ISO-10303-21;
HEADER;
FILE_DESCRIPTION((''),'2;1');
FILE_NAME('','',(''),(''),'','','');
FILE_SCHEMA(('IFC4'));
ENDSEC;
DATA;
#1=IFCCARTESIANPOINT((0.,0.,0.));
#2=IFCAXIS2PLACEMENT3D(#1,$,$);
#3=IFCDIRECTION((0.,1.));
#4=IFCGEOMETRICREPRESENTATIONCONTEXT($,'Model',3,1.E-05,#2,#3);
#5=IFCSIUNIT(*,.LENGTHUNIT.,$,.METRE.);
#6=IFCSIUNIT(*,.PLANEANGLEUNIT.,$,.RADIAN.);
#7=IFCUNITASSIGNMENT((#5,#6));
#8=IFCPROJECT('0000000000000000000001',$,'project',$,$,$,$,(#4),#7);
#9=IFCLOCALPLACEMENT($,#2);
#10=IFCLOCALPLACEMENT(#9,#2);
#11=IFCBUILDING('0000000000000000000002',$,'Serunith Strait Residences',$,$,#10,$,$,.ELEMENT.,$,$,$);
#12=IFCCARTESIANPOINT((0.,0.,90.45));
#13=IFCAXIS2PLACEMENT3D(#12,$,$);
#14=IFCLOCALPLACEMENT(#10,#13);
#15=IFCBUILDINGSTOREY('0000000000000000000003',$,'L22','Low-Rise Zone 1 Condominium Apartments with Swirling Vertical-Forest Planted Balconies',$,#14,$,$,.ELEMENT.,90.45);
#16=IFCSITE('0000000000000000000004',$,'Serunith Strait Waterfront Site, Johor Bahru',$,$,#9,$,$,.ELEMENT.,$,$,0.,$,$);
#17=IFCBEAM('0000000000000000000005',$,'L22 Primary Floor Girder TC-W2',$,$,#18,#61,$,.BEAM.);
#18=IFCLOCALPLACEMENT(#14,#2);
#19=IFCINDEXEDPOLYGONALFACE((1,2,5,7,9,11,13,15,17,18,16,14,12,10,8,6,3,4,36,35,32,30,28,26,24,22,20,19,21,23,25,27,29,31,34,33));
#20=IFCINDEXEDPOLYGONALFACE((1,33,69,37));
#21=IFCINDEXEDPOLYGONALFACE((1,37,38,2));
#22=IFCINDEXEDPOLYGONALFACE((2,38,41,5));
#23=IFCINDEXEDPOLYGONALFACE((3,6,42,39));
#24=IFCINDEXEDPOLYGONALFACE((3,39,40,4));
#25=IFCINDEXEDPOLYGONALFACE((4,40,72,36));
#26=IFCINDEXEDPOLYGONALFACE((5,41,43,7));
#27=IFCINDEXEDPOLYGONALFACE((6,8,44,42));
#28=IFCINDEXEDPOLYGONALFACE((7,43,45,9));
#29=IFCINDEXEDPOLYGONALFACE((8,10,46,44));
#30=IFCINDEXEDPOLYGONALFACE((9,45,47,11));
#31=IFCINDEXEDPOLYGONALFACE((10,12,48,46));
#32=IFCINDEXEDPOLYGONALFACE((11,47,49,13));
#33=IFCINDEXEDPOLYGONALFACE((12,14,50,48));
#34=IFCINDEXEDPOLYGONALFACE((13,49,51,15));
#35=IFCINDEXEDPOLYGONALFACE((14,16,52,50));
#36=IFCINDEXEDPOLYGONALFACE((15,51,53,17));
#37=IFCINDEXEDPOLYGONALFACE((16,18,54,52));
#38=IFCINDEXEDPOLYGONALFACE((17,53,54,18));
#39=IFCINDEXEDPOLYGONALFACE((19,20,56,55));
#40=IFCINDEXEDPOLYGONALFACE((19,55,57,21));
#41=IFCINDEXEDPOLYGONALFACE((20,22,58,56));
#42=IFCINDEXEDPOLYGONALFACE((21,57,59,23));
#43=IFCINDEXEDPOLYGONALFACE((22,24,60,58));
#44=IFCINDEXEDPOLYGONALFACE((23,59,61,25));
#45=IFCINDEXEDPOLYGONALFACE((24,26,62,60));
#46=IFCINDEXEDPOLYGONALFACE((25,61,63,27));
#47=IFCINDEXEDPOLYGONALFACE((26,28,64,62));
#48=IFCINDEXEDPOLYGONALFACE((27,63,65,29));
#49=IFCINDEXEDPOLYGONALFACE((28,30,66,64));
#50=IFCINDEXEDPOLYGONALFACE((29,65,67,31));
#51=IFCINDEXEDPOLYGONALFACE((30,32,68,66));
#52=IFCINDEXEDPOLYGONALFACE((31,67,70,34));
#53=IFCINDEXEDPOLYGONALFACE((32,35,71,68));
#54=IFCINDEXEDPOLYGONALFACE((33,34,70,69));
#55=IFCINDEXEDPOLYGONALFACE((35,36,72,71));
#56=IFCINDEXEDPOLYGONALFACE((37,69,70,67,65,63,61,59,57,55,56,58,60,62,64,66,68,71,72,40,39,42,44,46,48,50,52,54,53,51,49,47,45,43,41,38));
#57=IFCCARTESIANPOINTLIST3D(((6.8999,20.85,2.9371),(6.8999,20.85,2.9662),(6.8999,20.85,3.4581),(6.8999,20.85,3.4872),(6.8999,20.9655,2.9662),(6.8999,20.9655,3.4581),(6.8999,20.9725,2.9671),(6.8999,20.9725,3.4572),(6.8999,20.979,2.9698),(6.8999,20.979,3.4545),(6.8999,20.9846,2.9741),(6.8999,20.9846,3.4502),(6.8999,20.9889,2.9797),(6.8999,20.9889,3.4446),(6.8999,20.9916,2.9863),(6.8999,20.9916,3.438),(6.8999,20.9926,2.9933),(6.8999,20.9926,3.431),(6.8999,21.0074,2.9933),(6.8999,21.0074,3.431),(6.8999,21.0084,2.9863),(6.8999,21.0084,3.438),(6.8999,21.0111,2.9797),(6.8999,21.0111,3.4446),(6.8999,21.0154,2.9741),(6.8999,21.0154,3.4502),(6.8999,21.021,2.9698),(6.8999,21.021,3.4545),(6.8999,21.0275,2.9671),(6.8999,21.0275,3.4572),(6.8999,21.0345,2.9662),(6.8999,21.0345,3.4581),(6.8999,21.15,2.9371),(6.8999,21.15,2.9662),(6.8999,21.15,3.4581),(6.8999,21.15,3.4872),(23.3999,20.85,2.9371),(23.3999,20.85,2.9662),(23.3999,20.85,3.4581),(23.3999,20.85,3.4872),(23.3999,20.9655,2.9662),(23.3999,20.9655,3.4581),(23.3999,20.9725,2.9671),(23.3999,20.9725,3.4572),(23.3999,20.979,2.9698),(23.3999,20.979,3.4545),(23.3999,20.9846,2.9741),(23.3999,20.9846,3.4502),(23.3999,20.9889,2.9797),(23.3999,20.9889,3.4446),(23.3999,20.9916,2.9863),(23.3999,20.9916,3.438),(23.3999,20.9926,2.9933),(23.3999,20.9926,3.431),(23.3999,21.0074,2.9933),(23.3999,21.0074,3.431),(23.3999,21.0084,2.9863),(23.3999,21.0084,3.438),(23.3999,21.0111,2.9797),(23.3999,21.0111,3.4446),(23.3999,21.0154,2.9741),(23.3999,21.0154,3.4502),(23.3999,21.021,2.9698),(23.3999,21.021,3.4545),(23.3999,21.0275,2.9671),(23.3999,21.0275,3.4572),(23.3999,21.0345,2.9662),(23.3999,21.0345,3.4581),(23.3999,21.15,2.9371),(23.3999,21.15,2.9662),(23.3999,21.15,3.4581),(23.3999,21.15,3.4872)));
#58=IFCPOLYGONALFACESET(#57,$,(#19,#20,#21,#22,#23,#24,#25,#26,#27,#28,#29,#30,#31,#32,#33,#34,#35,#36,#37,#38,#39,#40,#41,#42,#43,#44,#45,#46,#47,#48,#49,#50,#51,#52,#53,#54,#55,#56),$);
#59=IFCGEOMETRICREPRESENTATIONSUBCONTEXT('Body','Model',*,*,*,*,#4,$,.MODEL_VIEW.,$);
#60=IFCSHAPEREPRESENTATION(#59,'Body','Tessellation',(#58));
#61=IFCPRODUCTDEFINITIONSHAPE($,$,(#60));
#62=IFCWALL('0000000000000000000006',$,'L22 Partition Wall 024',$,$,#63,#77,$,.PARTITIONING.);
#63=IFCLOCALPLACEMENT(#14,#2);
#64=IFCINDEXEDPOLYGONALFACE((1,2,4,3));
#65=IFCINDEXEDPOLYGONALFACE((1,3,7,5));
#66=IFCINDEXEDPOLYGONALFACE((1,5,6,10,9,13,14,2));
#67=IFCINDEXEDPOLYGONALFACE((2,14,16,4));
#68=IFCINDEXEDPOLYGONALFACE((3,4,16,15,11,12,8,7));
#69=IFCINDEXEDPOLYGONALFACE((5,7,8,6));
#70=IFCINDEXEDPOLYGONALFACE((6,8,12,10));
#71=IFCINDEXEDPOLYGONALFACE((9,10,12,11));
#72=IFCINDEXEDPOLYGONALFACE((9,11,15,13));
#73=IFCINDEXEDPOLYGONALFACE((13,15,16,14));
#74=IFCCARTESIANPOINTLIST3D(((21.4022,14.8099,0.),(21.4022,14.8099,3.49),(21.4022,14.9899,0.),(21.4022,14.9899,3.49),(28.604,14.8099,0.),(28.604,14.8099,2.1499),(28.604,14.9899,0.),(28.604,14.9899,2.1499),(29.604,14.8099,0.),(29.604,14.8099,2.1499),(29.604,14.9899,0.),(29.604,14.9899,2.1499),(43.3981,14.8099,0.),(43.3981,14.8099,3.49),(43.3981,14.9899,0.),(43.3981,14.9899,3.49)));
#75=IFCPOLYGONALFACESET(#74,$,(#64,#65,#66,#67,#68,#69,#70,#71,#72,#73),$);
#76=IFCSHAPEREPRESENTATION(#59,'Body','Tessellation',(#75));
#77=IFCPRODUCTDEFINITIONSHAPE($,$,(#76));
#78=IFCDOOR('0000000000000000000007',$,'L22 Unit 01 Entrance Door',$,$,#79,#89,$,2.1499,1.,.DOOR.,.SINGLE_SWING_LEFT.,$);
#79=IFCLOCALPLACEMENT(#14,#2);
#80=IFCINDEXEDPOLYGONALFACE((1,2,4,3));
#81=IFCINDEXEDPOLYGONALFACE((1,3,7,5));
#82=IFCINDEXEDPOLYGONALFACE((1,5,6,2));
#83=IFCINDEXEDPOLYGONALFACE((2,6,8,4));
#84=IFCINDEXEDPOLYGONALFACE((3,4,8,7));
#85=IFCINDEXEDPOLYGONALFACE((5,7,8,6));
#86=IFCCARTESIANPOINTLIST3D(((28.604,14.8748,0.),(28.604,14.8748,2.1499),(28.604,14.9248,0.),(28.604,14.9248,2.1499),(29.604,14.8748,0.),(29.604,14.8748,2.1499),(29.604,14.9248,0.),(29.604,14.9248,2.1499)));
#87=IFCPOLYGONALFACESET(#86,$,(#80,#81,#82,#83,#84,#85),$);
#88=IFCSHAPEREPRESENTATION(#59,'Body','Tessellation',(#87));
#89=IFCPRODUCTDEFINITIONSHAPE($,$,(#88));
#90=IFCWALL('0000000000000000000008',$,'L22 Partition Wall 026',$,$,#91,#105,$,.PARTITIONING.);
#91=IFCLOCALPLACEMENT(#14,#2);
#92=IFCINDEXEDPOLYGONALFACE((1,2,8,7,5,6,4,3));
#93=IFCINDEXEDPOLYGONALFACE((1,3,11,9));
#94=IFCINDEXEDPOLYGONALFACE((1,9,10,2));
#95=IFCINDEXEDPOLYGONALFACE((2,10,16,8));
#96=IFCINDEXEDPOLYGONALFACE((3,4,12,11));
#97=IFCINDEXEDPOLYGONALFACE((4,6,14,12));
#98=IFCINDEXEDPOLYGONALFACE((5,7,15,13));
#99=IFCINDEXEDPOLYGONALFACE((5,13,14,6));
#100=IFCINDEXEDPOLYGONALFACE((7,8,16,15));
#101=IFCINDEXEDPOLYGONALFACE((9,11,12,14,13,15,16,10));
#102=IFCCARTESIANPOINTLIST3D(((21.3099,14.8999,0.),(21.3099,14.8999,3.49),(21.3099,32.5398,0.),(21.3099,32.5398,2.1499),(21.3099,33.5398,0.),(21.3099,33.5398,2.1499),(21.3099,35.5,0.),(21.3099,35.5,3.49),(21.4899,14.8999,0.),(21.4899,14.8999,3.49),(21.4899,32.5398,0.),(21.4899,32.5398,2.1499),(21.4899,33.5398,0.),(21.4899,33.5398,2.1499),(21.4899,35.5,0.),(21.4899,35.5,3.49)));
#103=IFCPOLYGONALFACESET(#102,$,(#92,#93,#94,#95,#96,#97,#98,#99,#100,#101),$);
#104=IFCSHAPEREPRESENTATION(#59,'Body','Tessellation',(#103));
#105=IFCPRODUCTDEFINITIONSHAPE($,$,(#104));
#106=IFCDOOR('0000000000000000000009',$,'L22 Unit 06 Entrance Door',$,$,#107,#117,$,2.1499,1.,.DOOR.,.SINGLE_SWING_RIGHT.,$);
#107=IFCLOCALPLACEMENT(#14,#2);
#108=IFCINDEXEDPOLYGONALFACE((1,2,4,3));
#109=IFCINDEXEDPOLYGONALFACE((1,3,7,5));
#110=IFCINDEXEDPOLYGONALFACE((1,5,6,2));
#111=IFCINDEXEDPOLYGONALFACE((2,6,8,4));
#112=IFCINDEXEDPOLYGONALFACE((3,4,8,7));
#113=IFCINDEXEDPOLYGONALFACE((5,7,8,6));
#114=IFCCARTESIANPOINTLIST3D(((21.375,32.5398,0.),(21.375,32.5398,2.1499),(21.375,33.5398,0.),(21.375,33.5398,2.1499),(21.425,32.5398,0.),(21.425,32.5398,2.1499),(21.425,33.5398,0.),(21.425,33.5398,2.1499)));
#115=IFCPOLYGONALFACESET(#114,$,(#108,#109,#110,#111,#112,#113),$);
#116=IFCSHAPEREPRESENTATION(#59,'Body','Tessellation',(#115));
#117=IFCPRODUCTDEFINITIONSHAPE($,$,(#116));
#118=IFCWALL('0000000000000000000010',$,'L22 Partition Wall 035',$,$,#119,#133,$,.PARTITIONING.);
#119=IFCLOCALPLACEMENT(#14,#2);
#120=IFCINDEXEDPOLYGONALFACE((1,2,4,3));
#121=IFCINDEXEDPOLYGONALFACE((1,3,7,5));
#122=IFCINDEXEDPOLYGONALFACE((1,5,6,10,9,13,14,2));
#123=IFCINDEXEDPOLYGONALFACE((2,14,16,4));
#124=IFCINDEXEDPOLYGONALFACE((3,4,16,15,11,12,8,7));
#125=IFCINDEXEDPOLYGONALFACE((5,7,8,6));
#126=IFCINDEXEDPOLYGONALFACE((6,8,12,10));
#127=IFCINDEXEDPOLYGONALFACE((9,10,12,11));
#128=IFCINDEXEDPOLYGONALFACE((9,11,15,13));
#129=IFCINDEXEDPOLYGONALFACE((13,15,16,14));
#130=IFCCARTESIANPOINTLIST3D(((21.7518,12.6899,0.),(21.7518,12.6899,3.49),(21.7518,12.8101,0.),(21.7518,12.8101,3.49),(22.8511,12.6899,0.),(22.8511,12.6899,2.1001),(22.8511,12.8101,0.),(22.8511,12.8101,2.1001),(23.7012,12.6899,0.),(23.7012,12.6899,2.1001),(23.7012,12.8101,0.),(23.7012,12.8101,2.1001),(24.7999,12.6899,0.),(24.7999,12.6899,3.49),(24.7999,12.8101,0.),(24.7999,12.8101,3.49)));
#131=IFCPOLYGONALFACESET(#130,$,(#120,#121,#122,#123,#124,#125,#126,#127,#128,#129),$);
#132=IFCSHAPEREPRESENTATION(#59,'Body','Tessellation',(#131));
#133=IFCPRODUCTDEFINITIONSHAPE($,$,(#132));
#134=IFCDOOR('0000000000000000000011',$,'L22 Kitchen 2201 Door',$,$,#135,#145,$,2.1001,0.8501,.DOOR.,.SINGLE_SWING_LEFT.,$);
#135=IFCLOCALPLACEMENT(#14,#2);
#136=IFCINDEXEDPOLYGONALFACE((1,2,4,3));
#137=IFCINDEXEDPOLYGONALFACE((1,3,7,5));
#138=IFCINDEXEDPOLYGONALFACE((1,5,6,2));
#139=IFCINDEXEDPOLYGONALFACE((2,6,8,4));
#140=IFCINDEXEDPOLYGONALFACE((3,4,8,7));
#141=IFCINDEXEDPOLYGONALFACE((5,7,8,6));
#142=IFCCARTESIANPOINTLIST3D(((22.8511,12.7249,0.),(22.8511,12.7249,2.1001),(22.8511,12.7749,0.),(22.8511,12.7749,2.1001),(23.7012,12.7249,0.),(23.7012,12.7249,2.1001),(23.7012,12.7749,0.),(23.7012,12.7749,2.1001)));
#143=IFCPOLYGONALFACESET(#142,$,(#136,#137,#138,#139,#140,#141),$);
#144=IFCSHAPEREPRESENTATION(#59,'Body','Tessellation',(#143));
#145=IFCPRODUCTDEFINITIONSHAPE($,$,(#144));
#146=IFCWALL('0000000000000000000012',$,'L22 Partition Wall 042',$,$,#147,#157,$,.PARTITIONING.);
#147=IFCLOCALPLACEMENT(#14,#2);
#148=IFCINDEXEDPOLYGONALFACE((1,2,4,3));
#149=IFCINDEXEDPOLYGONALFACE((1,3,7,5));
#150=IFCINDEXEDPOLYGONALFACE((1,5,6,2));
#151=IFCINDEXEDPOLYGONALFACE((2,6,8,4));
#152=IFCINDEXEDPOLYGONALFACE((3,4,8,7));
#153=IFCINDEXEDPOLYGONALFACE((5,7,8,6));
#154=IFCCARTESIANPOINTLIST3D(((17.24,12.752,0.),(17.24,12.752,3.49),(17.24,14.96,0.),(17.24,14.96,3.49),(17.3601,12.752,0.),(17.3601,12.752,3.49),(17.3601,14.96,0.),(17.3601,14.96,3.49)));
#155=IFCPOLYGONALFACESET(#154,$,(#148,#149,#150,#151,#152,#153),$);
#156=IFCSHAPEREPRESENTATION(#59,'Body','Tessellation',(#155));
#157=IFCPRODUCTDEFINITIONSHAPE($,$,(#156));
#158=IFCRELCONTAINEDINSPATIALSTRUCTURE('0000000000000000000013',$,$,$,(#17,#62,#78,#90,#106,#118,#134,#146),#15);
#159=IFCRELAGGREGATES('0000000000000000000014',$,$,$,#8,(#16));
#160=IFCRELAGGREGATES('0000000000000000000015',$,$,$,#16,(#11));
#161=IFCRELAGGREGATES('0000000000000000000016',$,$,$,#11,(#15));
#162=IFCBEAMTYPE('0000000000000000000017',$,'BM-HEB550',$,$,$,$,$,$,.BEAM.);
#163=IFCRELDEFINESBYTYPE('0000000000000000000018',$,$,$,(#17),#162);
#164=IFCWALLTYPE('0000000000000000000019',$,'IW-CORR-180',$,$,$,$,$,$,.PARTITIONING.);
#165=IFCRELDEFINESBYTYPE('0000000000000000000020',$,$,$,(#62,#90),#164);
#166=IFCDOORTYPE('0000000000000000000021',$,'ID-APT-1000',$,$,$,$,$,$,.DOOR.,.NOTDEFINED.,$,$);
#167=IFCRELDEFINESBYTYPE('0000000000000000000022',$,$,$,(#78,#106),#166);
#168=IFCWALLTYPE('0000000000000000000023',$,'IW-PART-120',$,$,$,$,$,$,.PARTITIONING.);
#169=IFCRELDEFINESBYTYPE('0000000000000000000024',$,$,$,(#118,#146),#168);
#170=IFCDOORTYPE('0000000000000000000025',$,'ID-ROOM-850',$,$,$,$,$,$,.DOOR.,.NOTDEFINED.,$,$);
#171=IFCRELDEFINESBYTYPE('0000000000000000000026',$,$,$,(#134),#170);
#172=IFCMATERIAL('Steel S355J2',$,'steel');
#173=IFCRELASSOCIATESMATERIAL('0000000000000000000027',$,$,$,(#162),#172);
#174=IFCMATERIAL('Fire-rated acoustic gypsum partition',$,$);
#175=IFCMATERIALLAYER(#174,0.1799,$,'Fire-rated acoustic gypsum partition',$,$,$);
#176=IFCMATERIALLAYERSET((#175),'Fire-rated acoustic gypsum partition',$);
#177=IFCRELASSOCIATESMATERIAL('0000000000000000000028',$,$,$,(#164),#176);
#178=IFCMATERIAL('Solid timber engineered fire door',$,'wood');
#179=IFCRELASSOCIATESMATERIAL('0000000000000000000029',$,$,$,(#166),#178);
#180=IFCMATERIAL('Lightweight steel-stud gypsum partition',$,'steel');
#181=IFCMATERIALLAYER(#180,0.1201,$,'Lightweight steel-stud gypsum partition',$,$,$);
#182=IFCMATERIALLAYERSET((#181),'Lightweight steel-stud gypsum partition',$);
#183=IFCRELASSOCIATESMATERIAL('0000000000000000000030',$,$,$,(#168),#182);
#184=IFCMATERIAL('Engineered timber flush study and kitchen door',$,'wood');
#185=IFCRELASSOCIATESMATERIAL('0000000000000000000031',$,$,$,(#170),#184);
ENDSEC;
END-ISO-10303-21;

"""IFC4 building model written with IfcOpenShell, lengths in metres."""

from ifc_helpers import new_model, si_unit, direction, frame, frame_2d, origin, origin_2d, place, context, subcontext, project, spatial, rectangle, i_section, extrude, source, transform, mapped, material, layer, layer_set, material_profile, profile_set, type_object, element, fill, save


model = new_model("IFC4")

# Units and contexts
model_context = context("Model", 3, precision=1e-05, world=origin(), true_north=direction((0.0, 1.0)))
body_context = subcontext(model_context, "Body", "Model", "MODEL_VIEW")
ifc_project = project(units=[si_unit("LENGTHUNIT", "METRE"), si_unit("PLANEANGLEUNIT", "RADIAN")], contexts=[model_context])

# Site, building, storey
site_placement = place(None, origin())
site = spatial("IfcSite", under=ifc_project, at=site_placement, Name="Serunith Strait Waterfront Site, Johor Bahru", CompositionType="ELEMENT", RefElevation=0.0)
building_placement = place(site_placement, origin())
building = spatial("IfcBuilding", under=site, at=building_placement, Name="Serunith Strait Residences", CompositionType="ELEMENT")
storey_placement = place(building_placement, frame((0.0, 0.0, 90.45)))
storey = spatial("IfcBuildingStorey", under=building, at=storey_placement, Name="L22", Description="Low-Rise Zone 1 Condominium Apartments with Swirling Vertical-Forest Planted Balconies", CompositionType="ELEMENT", Elevation=90.45)

# Beam
ifc_material_1 = material(Name="Steel S355J2", Category="steel")
ifc_material_profile = material_profile(ifc_material_1, i_section(OverallWidth=0.3, OverallDepth=0.55, WebThickness=0.0149, FlangeThickness=0.0291, FilletRadius=0.0271, at=origin_2d()), Name="HEB 550")
ifc_profile_set = profile_set([ifc_material_profile], Name="Steel S355J2")
beam_type = type_object("IfcBeamType", Name="BM-HEB550", PredefinedType="BEAM", material=ifc_profile_set)
shared_shape_1 = source(origin(), body_context, "Body", "SweptSolid", [
    extrude(i_section(OverallWidth=0.3, OverallDepth=0.55, WebThickness=0.0149, FlangeThickness=0.0291, FilletRadius=0.0271, at=origin_2d()), origin(), (0.0, 0.0, 1.0), 16.5),
])
beam_placement = place(storey_placement, frame((23.3999, 21.0, 3.2122), z_axis=(-1.0, 0.0, 0.0), x_axis=(0.0, -1.0, 0.0)))
element("IfcBeam", 1, at=beam_placement, inside=storey, type_object=beam_type, Name="L22 Primary Floor Girder TC-W2", PredefinedType="BEAM", context=body_context, shape_type="MappedRepresentation", body=[
    mapped(shared_shape_1, transform((0.0, 0.0, 0.0), scale=1.0)),
])

# Walls, openings, doors
ifc_material_2 = material(Name="Fire-rated acoustic gypsum partition")
ifc_layer_1 = layer(ifc_material_2, 0.1799, Name="Fire-rated acoustic gypsum partition")
ifc_layer_set_1 = layer_set([ifc_layer_1], Name="Fire-rated acoustic gypsum partition")
wall_type_1 = type_object("IfcWallType", Name="IW-CORR-180", PredefinedType="PARTITIONING", material=ifc_layer_set_1)
wall_1_placement = place(storey_placement, frame((21.4021, 14.8999, 0.0), z_axis=(0.0, 0.0, 1.0), x_axis=(1.0, 0.0, 0.0)))
wall_1 = element("IfcWall", 2, at=wall_1_placement, inside=storey, type_object=wall_type_1, Name="L22 Partition Wall 024", PredefinedType="PARTITIONING", context=body_context, shape_type="SweptSolid", body=[
    extrude(rectangle(XDim=21.9958, YDim=0.1799, at=frame_2d((10.998, 0.0))), origin(), (0.0, 0.0, 1.0), 3.49),
])
opening_1_placement = place(wall_1_placement, frame((7.2019, 0.0, 0.0)))
opening_1 = element("IfcOpeningElement", 3, at=opening_1_placement, cuts=wall_1, PredefinedType="OPENING", context=body_context, shape_type="SweptSolid", body=[
    extrude(rectangle(XDim=1.0, YDim=2.1499, at=frame_2d((0.5, 1.075))), frame((0.0, 0.1001, 0.0), z_axis=(0.0, -1.0, 0.0), x_axis=(1.0, 0.0, 0.0)), (0.0, 0.0, 1.0), 0.2),
])
ifc_material_3 = material(Name="Solid timber engineered fire door", Category="wood")
door_type_1 = type_object("IfcDoorType", Name="ID-APT-1000", OperationType="NOTDEFINED", PredefinedType="DOOR", material=ifc_material_3)
shared_shape_2 = source(origin(), body_context, "Body", "SweptSolid", [
    extrude(rectangle(XDim=1.0, YDim=2.1499, at=frame_2d((0.5, 1.075))), frame((0.0, 0.0249, 0.0), z_axis=(0.0, -1.0, 0.0), x_axis=(1.0, 0.0, 0.0)), (0.0, 0.0, 1.0), 0.05),
])
door_1_placement = place(opening_1_placement, origin())
door_1 = element("IfcDoor", 4, at=door_1_placement, inside=storey, type_object=door_type_1, Name="L22 Unit 01 Entrance Door", OperationType="SINGLE_SWING_LEFT", OverallHeight=2.1499, OverallWidth=1.0, PredefinedType="DOOR", context=body_context, shape_type="MappedRepresentation", body=[
    mapped(shared_shape_2, transform((0.0, 0.0, 0.0), scale=1.0)),
])
fill(opening_1, door_1)
wall_2_placement = place(storey_placement, frame((21.3999, 14.8999, 0.0), z_axis=(0.0, 0.0, 1.0), x_axis=(0.0, 1.0, 0.0)))
wall_2 = element("IfcWall", 5, at=wall_2_placement, inside=storey, type_object=wall_type_1, Name="L22 Partition Wall 026", PredefinedType="PARTITIONING", context=body_context, shape_type="SweptSolid", body=[
    extrude(rectangle(XDim=20.6001, YDim=0.1799, at=frame_2d((10.3, 0.0))), origin(), (0.0, 0.0, 1.0), 3.49),
])
opening_2_placement = place(wall_2_placement, frame((17.6399, 0.0, 0.0)))
opening_2 = element("IfcOpeningElement", 6, at=opening_2_placement, cuts=wall_2, PredefinedType="OPENING", context=body_context, shape_type="SweptSolid", body=[
    extrude(rectangle(XDim=1.0, YDim=2.1499, at=frame_2d((0.5, 1.075))), frame((0.0, 0.1001, 0.0), z_axis=(0.0, -1.0, 0.0), x_axis=(1.0, 0.0, 0.0)), (0.0, 0.0, 1.0), 0.2),
])
door_2_placement = place(opening_2_placement, origin())
door_2 = element("IfcDoor", 7, at=door_2_placement, inside=storey, type_object=door_type_1, Name="L22 Unit 06 Entrance Door", OperationType="SINGLE_SWING_RIGHT", OverallHeight=2.1499, OverallWidth=1.0, PredefinedType="DOOR", context=body_context, shape_type="MappedRepresentation", body=[
    mapped(shared_shape_2, transform((0.0, 0.0, 0.0), scale=1.0)),
])
fill(opening_2, door_2)
ifc_material_4 = material(Name="Lightweight steel-stud gypsum partition", Category="steel")
ifc_layer_2 = layer(ifc_material_4, 0.1201, Name="Lightweight steel-stud gypsum partition")
ifc_layer_set_2 = layer_set([ifc_layer_2], Name="Lightweight steel-stud gypsum partition")
wall_type_2 = type_object("IfcWallType", Name="IW-PART-120", PredefinedType="PARTITIONING", material=ifc_layer_set_2)
wall_3_placement = place(storey_placement, frame((21.752, 12.75, 0.0), z_axis=(0.0, 0.0, 1.0), x_axis=(1.0, 0.0, 0.0)))
wall_3 = element("IfcWall", 8, at=wall_3_placement, inside=storey, type_object=wall_type_2, Name="L22 Partition Wall 035", PredefinedType="PARTITIONING", context=body_context, shape_type="SweptSolid", body=[
    extrude(rectangle(XDim=3.0481, YDim=0.1201, at=frame_2d((1.5239, 0.0))), origin(), (0.0, 0.0, 1.0), 3.49),
])
opening_3_placement = place(wall_3_placement, frame((1.0991, 0.0, 0.0)))
opening_3 = element("IfcOpeningElement", 9, at=opening_3_placement, cuts=wall_3, PredefinedType="OPENING", context=body_context, shape_type="SweptSolid", body=[
    extrude(rectangle(XDim=0.8501, YDim=2.1001, at=frame_2d((0.425, 1.05))), frame((0.0, 0.0701, 0.0), z_axis=(0.0, -1.0, 0.0), x_axis=(1.0, 0.0, 0.0)), (0.0, 0.0, 1.0), 0.1401),
])
ifc_material_5 = material(Name="Engineered timber flush study and kitchen door", Category="wood")
door_type_2 = type_object("IfcDoorType", Name="ID-ROOM-850", OperationType="NOTDEFINED", PredefinedType="DOOR", material=ifc_material_5)
shared_shape_3 = source(origin(), body_context, "Body", "SweptSolid", [
    extrude(rectangle(XDim=0.8501, YDim=2.1001, at=frame_2d((0.425, 1.05))), frame((0.0, 0.0249, 0.0), z_axis=(0.0, -1.0, 0.0), x_axis=(1.0, 0.0, 0.0)), (0.0, 0.0, 1.0), 0.05),
])
door_3_placement = place(opening_3_placement, origin())
door_3 = element("IfcDoor", 10, at=door_3_placement, inside=storey, type_object=door_type_2, Name="L22 Kitchen 2201 Door", OperationType="SINGLE_SWING_LEFT", OverallHeight=2.1001, OverallWidth=0.8501, PredefinedType="DOOR", context=body_context, shape_type="MappedRepresentation", body=[
    mapped(shared_shape_3, transform((0.0, 0.0, 0.0), scale=1.0)),
])
fill(opening_3, door_3)

# Wall
wall_4_placement = place(storey_placement, frame((17.3, 12.752, 0.0), z_axis=(0.0, 0.0, 1.0), x_axis=(0.0, 1.0, 0.0)))
element("IfcWall", 11, at=wall_4_placement, inside=storey, type_object=wall_type_2, Name="L22 Partition Wall 042", PredefinedType="PARTITIONING", context=body_context, shape_type="SweptSolid", body=[
    extrude(rectangle(XDim=2.208, YDim=0.1201, at=frame_2d((1.104, 0.0))), origin(), (0.0, 0.0, 1.0), 3.49),
])

save(model, "model.ifc")
